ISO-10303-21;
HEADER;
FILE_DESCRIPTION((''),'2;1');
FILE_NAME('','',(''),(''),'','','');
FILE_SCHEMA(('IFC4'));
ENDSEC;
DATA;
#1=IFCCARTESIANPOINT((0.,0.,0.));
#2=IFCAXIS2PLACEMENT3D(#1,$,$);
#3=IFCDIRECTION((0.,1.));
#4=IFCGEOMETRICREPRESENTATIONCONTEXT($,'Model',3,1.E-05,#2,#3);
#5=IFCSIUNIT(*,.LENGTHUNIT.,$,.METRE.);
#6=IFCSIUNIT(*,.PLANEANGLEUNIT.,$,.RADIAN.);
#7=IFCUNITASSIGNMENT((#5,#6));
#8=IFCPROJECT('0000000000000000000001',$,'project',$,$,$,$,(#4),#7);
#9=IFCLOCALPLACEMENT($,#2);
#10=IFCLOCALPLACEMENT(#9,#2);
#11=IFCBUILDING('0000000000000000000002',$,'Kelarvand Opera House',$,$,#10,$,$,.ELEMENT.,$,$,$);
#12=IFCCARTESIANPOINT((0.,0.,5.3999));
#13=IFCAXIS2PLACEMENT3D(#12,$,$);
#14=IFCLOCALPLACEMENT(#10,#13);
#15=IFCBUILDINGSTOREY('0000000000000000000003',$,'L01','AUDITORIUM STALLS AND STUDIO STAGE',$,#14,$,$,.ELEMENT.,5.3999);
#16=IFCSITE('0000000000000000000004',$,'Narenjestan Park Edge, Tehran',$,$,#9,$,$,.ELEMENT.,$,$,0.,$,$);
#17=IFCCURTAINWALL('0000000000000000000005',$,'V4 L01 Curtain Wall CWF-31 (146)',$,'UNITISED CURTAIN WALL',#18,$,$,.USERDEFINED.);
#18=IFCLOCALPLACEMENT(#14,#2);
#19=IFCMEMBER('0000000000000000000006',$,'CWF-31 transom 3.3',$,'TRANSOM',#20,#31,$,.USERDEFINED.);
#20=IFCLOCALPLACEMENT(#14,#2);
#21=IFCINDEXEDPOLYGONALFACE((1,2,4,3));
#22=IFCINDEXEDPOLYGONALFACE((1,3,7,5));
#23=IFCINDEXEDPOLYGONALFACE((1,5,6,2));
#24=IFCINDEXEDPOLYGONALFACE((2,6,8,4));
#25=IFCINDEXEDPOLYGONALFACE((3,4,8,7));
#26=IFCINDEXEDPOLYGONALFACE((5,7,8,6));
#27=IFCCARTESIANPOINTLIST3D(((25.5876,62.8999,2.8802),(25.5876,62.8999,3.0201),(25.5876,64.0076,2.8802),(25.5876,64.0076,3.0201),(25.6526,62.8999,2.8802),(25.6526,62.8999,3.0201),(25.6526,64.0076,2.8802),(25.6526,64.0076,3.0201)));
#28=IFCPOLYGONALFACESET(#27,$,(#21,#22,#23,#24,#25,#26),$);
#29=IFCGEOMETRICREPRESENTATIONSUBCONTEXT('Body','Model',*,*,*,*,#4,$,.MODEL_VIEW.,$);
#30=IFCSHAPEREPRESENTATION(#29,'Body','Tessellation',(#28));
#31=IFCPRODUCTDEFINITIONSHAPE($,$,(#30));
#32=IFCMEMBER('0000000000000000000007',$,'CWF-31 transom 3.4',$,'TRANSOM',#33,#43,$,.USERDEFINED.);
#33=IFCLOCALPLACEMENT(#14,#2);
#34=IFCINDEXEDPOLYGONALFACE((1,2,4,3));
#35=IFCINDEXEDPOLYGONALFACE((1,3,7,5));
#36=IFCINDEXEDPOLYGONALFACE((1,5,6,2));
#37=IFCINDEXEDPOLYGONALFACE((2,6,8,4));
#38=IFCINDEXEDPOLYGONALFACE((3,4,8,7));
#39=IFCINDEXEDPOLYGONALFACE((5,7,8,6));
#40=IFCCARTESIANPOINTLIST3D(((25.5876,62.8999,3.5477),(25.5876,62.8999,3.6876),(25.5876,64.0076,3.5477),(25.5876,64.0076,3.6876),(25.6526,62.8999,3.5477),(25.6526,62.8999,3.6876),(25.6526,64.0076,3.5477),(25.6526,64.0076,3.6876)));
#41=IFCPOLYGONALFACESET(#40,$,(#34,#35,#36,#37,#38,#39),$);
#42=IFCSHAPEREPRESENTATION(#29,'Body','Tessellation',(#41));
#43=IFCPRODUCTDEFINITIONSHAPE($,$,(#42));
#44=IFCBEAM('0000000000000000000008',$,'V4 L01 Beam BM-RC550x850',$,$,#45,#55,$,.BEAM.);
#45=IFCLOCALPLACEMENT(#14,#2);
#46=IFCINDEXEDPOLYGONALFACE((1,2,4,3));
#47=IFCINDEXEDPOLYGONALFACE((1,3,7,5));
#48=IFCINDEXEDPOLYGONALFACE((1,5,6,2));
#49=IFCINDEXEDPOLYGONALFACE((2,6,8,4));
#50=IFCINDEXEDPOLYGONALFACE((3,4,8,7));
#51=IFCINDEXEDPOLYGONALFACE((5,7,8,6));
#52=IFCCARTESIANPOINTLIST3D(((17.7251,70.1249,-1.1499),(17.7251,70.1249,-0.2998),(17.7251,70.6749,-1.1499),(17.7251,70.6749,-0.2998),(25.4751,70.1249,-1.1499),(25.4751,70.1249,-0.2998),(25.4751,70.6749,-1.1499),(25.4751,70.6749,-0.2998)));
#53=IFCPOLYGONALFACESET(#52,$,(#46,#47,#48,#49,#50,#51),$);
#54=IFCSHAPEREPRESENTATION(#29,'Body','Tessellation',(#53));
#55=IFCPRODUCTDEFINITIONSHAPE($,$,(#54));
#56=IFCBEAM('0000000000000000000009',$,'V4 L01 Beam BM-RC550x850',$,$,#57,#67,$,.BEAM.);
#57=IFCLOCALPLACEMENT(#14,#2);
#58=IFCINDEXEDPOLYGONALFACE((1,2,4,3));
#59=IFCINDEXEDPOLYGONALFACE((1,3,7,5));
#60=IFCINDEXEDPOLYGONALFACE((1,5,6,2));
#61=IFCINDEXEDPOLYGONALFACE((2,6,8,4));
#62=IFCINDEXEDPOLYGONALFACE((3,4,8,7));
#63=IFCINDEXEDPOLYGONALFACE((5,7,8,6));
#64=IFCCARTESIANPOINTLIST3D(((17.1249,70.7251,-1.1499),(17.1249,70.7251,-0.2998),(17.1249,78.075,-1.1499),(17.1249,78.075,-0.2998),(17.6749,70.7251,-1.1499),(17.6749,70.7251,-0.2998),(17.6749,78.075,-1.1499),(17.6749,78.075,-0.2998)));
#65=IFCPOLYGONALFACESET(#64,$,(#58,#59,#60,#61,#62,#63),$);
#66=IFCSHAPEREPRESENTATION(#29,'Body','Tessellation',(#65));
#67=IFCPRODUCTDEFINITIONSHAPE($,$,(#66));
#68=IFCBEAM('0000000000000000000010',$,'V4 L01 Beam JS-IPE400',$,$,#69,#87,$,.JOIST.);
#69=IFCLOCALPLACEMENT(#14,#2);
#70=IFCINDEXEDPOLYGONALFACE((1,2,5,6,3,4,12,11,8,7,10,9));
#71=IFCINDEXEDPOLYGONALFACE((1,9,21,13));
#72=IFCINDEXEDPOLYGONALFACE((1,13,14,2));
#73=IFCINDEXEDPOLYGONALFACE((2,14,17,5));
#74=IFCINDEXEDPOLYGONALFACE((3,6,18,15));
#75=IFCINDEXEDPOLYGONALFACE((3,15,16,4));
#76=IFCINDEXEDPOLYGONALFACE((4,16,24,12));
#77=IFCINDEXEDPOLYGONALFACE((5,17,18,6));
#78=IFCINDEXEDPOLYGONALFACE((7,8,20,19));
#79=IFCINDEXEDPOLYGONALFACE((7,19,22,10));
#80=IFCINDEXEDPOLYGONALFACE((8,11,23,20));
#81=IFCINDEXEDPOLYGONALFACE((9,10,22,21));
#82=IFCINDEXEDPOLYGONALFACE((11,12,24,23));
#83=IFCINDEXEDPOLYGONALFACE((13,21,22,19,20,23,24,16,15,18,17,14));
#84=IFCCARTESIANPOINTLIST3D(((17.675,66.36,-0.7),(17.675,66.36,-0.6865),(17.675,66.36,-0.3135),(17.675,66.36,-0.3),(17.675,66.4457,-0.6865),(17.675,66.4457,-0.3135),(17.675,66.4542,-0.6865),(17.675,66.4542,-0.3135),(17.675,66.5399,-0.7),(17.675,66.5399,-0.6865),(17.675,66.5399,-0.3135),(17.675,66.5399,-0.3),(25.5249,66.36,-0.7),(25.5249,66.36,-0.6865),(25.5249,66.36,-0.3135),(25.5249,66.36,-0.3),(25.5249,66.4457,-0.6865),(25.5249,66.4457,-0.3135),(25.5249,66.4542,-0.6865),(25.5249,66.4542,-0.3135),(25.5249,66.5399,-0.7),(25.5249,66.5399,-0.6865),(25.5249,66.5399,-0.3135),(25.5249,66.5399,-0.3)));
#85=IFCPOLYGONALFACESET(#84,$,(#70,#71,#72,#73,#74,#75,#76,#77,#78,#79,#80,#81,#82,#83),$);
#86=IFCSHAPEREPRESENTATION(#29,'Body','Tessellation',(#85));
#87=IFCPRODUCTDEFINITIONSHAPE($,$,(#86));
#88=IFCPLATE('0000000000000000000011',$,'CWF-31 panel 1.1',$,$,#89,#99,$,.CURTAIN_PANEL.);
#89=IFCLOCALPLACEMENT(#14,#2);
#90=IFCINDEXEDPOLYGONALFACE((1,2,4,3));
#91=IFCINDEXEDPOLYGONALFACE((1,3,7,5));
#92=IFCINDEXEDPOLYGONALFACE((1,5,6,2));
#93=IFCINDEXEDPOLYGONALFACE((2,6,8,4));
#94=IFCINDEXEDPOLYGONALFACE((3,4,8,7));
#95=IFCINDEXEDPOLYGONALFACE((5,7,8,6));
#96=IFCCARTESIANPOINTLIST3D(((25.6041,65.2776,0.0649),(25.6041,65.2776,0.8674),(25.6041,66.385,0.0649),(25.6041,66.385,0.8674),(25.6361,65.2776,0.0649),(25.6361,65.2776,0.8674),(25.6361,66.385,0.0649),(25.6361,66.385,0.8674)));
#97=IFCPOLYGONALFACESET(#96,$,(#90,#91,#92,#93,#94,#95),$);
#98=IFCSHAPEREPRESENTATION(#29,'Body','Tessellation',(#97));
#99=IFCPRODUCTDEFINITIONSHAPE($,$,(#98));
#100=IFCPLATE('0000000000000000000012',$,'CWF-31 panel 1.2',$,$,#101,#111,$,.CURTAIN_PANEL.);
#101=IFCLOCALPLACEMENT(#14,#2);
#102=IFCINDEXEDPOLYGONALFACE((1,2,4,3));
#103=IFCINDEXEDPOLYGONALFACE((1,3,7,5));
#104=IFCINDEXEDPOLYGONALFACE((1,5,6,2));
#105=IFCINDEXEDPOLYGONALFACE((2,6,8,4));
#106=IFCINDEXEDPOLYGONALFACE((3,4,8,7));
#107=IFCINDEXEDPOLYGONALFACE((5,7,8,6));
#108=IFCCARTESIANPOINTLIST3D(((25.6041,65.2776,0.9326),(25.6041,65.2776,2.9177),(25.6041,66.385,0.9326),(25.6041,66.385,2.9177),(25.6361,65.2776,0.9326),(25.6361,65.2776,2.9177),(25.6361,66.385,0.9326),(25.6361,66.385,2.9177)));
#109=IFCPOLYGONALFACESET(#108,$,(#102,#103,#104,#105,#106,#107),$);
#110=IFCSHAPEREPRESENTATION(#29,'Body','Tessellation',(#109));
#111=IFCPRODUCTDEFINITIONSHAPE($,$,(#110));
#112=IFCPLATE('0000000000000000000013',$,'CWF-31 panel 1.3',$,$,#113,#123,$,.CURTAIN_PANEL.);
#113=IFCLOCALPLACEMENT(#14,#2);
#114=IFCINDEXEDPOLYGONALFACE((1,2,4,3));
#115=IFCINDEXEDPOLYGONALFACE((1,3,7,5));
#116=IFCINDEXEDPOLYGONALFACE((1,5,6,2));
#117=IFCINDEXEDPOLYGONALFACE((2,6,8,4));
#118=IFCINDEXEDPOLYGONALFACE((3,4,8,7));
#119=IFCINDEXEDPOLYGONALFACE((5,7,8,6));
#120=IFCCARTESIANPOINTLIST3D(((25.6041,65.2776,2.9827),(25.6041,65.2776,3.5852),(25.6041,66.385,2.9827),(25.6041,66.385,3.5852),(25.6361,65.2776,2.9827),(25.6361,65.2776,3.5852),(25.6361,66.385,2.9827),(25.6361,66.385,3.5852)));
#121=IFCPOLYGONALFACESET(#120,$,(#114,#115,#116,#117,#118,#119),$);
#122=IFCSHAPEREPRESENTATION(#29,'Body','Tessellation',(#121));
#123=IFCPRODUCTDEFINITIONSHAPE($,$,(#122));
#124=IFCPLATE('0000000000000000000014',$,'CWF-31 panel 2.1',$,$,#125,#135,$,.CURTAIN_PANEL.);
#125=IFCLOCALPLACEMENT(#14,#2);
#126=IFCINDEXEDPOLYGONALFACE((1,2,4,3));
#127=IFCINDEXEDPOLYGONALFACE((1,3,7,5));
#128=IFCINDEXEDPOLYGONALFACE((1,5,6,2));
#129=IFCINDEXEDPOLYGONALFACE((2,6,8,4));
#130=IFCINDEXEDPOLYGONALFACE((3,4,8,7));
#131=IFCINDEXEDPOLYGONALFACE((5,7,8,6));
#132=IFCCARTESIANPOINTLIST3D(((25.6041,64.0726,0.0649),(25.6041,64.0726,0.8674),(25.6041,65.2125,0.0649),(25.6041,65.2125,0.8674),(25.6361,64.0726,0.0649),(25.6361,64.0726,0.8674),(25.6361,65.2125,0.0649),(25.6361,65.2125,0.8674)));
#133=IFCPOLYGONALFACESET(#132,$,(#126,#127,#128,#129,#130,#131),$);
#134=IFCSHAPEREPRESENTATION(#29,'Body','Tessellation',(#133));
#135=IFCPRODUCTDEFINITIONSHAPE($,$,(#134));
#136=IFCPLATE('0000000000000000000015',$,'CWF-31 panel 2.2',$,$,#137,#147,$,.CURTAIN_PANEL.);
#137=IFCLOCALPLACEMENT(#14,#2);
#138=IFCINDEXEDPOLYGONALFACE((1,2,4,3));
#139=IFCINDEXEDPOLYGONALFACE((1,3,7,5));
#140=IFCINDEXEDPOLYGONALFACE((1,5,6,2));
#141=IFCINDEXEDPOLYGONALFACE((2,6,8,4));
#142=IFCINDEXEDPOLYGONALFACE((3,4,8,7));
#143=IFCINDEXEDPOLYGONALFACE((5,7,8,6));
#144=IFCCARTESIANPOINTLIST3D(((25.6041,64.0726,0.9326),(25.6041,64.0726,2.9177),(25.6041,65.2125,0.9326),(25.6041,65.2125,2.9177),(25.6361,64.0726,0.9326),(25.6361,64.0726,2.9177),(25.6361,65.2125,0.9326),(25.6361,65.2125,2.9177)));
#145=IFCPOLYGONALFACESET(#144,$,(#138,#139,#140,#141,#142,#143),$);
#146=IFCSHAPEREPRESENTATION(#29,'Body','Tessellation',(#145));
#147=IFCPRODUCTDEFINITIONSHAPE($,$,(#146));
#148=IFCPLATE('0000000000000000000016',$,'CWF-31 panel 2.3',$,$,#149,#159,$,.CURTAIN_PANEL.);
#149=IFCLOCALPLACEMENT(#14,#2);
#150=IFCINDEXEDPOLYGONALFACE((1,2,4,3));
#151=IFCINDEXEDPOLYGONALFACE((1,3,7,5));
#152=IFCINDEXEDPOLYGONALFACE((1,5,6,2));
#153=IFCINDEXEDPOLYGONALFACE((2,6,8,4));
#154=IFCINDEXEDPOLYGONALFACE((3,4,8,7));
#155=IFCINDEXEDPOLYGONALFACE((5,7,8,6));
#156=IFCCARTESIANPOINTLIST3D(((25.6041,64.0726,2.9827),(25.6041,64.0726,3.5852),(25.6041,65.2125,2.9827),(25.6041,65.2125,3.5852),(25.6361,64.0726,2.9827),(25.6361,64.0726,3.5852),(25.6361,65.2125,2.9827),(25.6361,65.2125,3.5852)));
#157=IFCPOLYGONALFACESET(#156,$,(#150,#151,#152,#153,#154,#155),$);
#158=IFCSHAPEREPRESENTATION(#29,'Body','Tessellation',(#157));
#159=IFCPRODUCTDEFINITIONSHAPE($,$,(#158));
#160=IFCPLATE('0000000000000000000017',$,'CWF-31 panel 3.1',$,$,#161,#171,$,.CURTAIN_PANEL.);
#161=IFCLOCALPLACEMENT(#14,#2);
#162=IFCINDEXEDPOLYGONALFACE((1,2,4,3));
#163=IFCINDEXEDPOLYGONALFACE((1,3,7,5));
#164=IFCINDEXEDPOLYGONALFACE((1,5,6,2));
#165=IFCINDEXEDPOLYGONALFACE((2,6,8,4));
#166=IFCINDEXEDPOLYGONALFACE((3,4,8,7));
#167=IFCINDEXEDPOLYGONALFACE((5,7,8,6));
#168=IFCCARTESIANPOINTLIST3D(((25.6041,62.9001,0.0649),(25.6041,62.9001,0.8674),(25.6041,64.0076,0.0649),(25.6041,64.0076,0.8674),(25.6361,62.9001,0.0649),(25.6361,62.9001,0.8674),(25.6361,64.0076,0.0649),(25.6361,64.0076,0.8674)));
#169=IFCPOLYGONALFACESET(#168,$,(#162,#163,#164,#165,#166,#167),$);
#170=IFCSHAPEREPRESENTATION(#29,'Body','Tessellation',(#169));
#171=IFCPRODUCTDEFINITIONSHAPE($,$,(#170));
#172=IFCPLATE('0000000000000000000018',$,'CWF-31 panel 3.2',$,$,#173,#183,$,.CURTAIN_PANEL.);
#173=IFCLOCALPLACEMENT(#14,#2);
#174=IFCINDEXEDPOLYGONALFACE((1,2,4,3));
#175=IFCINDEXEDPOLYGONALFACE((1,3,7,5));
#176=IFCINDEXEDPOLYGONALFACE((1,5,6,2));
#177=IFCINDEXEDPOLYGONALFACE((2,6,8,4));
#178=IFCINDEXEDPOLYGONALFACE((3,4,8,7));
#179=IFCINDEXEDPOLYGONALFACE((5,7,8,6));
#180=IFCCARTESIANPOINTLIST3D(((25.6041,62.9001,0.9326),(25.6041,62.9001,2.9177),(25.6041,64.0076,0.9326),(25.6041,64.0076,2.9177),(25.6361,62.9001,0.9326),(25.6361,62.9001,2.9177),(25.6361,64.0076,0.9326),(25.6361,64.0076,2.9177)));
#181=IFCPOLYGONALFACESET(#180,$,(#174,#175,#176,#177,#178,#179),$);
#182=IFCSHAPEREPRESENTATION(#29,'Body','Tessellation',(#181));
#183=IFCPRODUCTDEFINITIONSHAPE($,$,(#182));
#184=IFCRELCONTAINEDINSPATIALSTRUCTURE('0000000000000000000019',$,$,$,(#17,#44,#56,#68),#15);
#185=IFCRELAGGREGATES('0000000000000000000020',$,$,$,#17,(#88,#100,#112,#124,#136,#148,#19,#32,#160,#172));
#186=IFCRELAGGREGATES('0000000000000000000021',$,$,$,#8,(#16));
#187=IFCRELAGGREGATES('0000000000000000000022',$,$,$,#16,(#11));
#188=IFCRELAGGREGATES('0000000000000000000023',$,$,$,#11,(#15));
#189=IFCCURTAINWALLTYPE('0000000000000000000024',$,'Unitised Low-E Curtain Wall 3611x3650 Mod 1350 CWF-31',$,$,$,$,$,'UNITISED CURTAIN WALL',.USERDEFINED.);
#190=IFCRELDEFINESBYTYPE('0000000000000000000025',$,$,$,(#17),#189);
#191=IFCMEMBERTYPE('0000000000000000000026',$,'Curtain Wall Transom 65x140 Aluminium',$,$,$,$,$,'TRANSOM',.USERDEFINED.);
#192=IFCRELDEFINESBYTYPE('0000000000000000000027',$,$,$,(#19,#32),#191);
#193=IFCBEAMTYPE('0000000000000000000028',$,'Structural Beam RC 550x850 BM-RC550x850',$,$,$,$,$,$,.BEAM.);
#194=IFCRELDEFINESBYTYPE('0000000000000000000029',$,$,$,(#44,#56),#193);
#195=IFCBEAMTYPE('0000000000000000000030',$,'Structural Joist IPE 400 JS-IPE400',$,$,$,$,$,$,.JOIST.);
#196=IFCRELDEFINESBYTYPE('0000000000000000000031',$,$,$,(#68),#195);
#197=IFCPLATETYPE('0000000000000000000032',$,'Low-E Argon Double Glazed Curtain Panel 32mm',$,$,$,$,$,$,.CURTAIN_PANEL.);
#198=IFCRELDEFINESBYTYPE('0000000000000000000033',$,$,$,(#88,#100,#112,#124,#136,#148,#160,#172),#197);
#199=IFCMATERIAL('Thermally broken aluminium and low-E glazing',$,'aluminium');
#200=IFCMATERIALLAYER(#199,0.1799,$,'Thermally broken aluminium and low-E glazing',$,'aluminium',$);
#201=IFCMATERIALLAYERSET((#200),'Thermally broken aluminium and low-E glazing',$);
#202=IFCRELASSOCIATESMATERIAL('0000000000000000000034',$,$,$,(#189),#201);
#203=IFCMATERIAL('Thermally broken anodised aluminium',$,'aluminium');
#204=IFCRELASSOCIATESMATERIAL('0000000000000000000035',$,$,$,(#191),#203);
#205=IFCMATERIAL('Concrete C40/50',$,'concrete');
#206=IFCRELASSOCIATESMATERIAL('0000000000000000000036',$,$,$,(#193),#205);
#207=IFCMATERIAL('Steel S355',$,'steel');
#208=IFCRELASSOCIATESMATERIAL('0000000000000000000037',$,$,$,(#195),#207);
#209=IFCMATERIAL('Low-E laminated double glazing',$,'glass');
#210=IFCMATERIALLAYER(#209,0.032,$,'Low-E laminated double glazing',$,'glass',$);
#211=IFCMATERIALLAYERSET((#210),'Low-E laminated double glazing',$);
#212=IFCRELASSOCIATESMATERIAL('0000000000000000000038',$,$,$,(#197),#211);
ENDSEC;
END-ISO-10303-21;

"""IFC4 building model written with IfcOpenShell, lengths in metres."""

from ifc_helpers import new_model, si_unit, direction, frame, origin, origin_2d, place, context, subcontext, project, spatial, rectangle, i_section, extrude, material, layer, layer_set, material_profile, profile_set, type_object, element, aggregate, save


model = new_model("IFC4")

# Units and contexts
model_context = context("Model", 3, precision=1e-05, world=origin(), true_north=direction((0.0, 1.0)))
body_context = subcontext(model_context, "Body", "Model", "MODEL_VIEW")
ifc_project = project(units=[si_unit("LENGTHUNIT", "METRE"), si_unit("PLANEANGLEUNIT", "RADIAN")], contexts=[model_context])

# Site, building, storey
site_placement = place(None, origin())
site = spatial("IfcSite", under=ifc_project, at=site_placement, Name="Narenjestan Park Edge, Tehran", CompositionType="ELEMENT", RefElevation=0.0)
building_placement = place(site_placement, origin())
building = spatial("IfcBuilding", under=site, at=building_placement, Name="Kelarvand Opera House", CompositionType="ELEMENT")
storey_placement = place(building_placement, frame((0.0, 0.0, 5.3999)))
storey = spatial("IfcBuildingStorey", under=building, at=storey_placement, Name="L01", Description="AUDITORIUM STALLS AND STUDIO STAGE", CompositionType="ELEMENT", Elevation=5.3999)

# Shared definitions
ifc_material_1 = material(Name="Concrete C40/50", Category="concrete")

# Curtain wall, members
ifc_material_2 = material(Name="Thermally broken aluminium and low-E glazing", Category="aluminium")
ifc_layer_1 = layer(ifc_material_2, 0.1799, Name="Thermally broken aluminium and low-E glazing", Category="aluminium")
ifc_layer_set_1 = layer_set([ifc_layer_1], Name="Thermally broken aluminium and low-E glazing")
curtain_wall_type = type_object("IfcCurtainWallType", Name="Unitised Low-E Curtain Wall 3611x3650 Mod 1350 CWF-31", ElementType="UNITISED CURTAIN WALL", PredefinedType="USERDEFINED", material=ifc_layer_set_1)
curtain_wall_placement = place(storey_placement, origin())
curtain_wall = element("IfcCurtainWall", 1, at=curtain_wall_placement, inside=storey, type_object=curtain_wall_type, Name="V4 L01 Curtain Wall CWF-31 (146)", ObjectType="UNITISED CURTAIN WALL", PredefinedType="USERDEFINED")
ifc_material_3 = material(Name="Thermally broken anodised aluminium", Category="aluminium")
ifc_material_profile_1 = material_profile(ifc_material_3, rectangle(XDim=0.0649, YDim=0.1399, at=origin_2d()), Name="ALU TRANSOM 65x140", Category="aluminium")
ifc_profile_set_1 = profile_set([ifc_material_profile_1], Name="Thermally broken anodised aluminium")
member_type_1 = type_object("IfcMemberType", Name="Curtain Wall Transom 65x140 Aluminium", ElementType="TRANSOM", PredefinedType="USERDEFINED", material=ifc_profile_set_1)
member_1_placement = place(storey_placement, frame((25.6201, 64.0076, 2.9502), z_axis=(0.0, -1.0, 0.0), x_axis=(1.0, 0.0, 0.0)))
member_1 = element("IfcMember", 2, at=member_1_placement, type_object=member_type_1, Name="CWF-31 transom 3.3", ObjectType="TRANSOM", PredefinedType="USERDEFINED", context=body_context, shape_type="SweptSolid", body=[
    extrude(rectangle(XDim=0.0649, YDim=0.1399, at=origin_2d()), origin(), (0.0, 0.0, 1.0), 1.1077),
])
member_2_placement = place(storey_placement, frame((25.6201, 64.0076, 3.6177), z_axis=(0.0, -1.0, 0.0), x_axis=(1.0, 0.0, 0.0)))
member_2 = element("IfcMember", 3, at=member_2_placement, type_object=member_type_1, Name="CWF-31 transom 3.4", ObjectType="TRANSOM", PredefinedType="USERDEFINED", context=body_context, shape_type="SweptSolid", body=[
    extrude(rectangle(XDim=0.0649, YDim=0.1399, at=origin_2d()), origin(), (0.0, 0.0, 1.0), 1.1077),
])

# Beams
ifc_material_profile_2 = material_profile(ifc_material_1, rectangle(XDim=0.55, YDim=0.8501, at=origin_2d()), Name="RC 550x850", Category="concrete")
ifc_profile_set_2 = profile_set([ifc_material_profile_2], Name="Concrete C40/50")
beam_type_1 = type_object("IfcBeamType", Name="Structural Beam RC 550x850 BM-RC550x850", PredefinedType="BEAM", material=ifc_profile_set_2)
beam_1_placement = place(storey_placement, frame((17.7251, 70.3999, -0.7249), z_axis=(1.0, 0.0, 0.0), x_axis=(0.0, 1.0, 0.0)))
element("IfcBeam", 4, at=beam_1_placement, inside=storey, type_object=beam_type_1, Name="V4 L01 Beam BM-RC550x850", PredefinedType="BEAM", context=body_context, shape_type="SweptSolid", body=[
    extrude(rectangle(XDim=0.55, YDim=0.8501, at=origin_2d()), origin(), (0.0, 0.0, 1.0), 7.75),
])
beam_2_placement = place(storey_placement, frame((17.3999, 70.7251, -0.7249), z_axis=(0.0, 1.0, 0.0), x_axis=(-1.0, 0.0, 0.0)))
element("IfcBeam", 5, at=beam_2_placement, inside=storey, type_object=beam_type_1, Name="V4 L01 Beam BM-RC550x850", PredefinedType="BEAM", context=body_context, shape_type="SweptSolid", body=[
    extrude(rectangle(XDim=0.55, YDim=0.8501, at=origin_2d()), origin(), (0.0, 0.0, 1.0), 7.3499),
])
ifc_material_4 = material(Name="Steel S355", Category="steel")
ifc_material_profile_3 = material_profile(ifc_material_4, i_section(OverallWidth=0.1799, OverallDepth=0.3999, WebThickness=0.0085, FlangeThickness=0.0134, at=origin_2d()), Name="IPE 400", Category="steel")
ifc_profile_set_3 = profile_set([ifc_material_profile_3], Name="Steel S355")
beam_type_2 = type_object("IfcBeamType", Name="Structural Joist IPE 400 JS-IPE400", PredefinedType="JOIST", material=ifc_profile_set_3)
beam_3_placement = place(storey_placement, frame((17.675, 66.45, -0.5), z_axis=(1.0, 0.0, 0.0), x_axis=(0.0, 1.0, 0.0)))
element("IfcBeam", 6, at=beam_3_placement, inside=storey, type_object=beam_type_2, Name="V4 L01 Beam JS-IPE400", PredefinedType="JOIST", context=body_context, shape_type="SweptSolid", body=[
    extrude(i_section(OverallWidth=0.1799, OverallDepth=0.3999, WebThickness=0.0085, FlangeThickness=0.0134, at=origin_2d()), origin(), (0.0, 0.0, 1.0), 7.8499),
])

# Plates
ifc_material_5 = material(Name="Low-E laminated double glazing", Category="glass")
ifc_layer_2 = layer(ifc_material_5, 0.032, Name="Low-E laminated double glazing", Category="glass")
ifc_layer_set_2 = layer_set([ifc_layer_2], Name="Low-E laminated double glazing")
plate_type = type_object("IfcPlateType", Name="Low-E Argon Double Glazed Curtain Panel 32mm", PredefinedType="CURTAIN_PANEL", material=ifc_layer_set_2)
plate_1_placement = place(storey_placement, frame((25.6201, 65.8313, 0.0649), z_axis=(0.0, 0.0, 1.0), x_axis=(0.0, -1.0, 0.0)))
plate_1 = element("IfcPlate", 7, at=plate_1_placement, type_object=plate_type, Name="CWF-31 panel 1.1", PredefinedType="CURTAIN_PANEL", context=body_context, shape_type="SweptSolid", body=[
    extrude(rectangle(XDim=1.1074, YDim=0.032, at=origin_2d()), origin(), (0.0, 0.0, 1.0), 0.8025),
])
plate_2_placement = place(storey_placement, frame((25.6201, 65.8313, 0.9326), z_axis=(0.0, 0.0, 1.0), x_axis=(0.0, -1.0, 0.0)))
plate_2 = element("IfcPlate", 8, at=plate_2_placement, type_object=plate_type, Name="CWF-31 panel 1.2", PredefinedType="CURTAIN_PANEL", context=body_context, shape_type="SweptSolid", body=[
    extrude(rectangle(XDim=1.1074, YDim=0.032, at=origin_2d()), origin(), (0.0, 0.0, 1.0), 1.9851),
])
plate_3_placement = place(storey_placement, frame((25.6201, 65.8313, 2.9827), z_axis=(0.0, 0.0, 1.0), x_axis=(0.0, -1.0, 0.0)))
plate_3 = element("IfcPlate", 9, at=plate_3_placement, type_object=plate_type, Name="CWF-31 panel 1.3", PredefinedType="CURTAIN_PANEL", context=body_context, shape_type="SweptSolid", body=[
    extrude(rectangle(XDim=1.1074, YDim=0.032, at=origin_2d()), origin(), (0.0, 0.0, 1.0), 0.6025),
])
plate_4_placement = place(storey_placement, frame((25.6201, 64.6426, 0.0649), z_axis=(0.0, 0.0, 1.0), x_axis=(0.0, -1.0, 0.0)))
plate_4 = element("IfcPlate", 10, at=plate_4_placement, type_object=plate_type, Name="CWF-31 panel 2.1", PredefinedType="CURTAIN_PANEL", context=body_context, shape_type="SweptSolid", body=[
    extrude(rectangle(XDim=1.1399, YDim=0.032, at=origin_2d()), origin(), (0.0, 0.0, 1.0), 0.8025),
])
plate_5_placement = place(storey_placement, frame((25.6201, 64.6426, 0.9326), z_axis=(0.0, 0.0, 1.0), x_axis=(0.0, -1.0, 0.0)))
plate_5 = element("IfcPlate", 11, at=plate_5_placement, type_object=plate_type, Name="CWF-31 panel 2.2", PredefinedType="CURTAIN_PANEL", context=body_context, shape_type="SweptSolid", body=[
    extrude(rectangle(XDim=1.1399, YDim=0.032, at=origin_2d()), origin(), (0.0, 0.0, 1.0), 1.9851),
])
plate_6_placement = place(storey_placement, frame((25.6201, 64.6426, 2.9827), z_axis=(0.0, 0.0, 1.0), x_axis=(0.0, -1.0, 0.0)))
plate_6 = element("IfcPlate", 12, at=plate_6_placement, type_object=plate_type, Name="CWF-31 panel 2.3", PredefinedType="CURTAIN_PANEL", context=body_context, shape_type="SweptSolid", body=[
    extrude(rectangle(XDim=1.1399, YDim=0.032, at=origin_2d()), origin(), (0.0, 0.0, 1.0), 0.6025),
])
plate_7_placement = place(storey_placement, frame((25.6201, 63.4539, 0.0649), z_axis=(0.0, 0.0, 1.0), x_axis=(0.0, -1.0, 0.0)))
plate_7 = element("IfcPlate", 13, at=plate_7_placement, type_object=plate_type, Name="CWF-31 panel 3.1", PredefinedType="CURTAIN_PANEL", context=body_context, shape_type="SweptSolid", body=[
    extrude(rectangle(XDim=1.1074, YDim=0.032, at=origin_2d()), origin(), (0.0, 0.0, 1.0), 0.8025),
])
plate_8_placement = place(storey_placement, frame((25.6201, 63.4539, 0.9326), z_axis=(0.0, 0.0, 1.0), x_axis=(0.0, -1.0, 0.0)))
plate_8 = element("IfcPlate", 14, at=plate_8_placement, type_object=plate_type, Name="CWF-31 panel 3.2", PredefinedType="CURTAIN_PANEL", context=body_context, shape_type="SweptSolid", body=[
    extrude(rectangle(XDim=1.1074, YDim=0.032, at=origin_2d()), origin(), (0.0, 0.0, 1.0), 1.9851),
])
aggregate(curtain_wall, [plate_1, plate_2, plate_3, plate_4, plate_5, plate_6, member_1, member_2, plate_7, plate_8])

save(model, "model.ifc")
